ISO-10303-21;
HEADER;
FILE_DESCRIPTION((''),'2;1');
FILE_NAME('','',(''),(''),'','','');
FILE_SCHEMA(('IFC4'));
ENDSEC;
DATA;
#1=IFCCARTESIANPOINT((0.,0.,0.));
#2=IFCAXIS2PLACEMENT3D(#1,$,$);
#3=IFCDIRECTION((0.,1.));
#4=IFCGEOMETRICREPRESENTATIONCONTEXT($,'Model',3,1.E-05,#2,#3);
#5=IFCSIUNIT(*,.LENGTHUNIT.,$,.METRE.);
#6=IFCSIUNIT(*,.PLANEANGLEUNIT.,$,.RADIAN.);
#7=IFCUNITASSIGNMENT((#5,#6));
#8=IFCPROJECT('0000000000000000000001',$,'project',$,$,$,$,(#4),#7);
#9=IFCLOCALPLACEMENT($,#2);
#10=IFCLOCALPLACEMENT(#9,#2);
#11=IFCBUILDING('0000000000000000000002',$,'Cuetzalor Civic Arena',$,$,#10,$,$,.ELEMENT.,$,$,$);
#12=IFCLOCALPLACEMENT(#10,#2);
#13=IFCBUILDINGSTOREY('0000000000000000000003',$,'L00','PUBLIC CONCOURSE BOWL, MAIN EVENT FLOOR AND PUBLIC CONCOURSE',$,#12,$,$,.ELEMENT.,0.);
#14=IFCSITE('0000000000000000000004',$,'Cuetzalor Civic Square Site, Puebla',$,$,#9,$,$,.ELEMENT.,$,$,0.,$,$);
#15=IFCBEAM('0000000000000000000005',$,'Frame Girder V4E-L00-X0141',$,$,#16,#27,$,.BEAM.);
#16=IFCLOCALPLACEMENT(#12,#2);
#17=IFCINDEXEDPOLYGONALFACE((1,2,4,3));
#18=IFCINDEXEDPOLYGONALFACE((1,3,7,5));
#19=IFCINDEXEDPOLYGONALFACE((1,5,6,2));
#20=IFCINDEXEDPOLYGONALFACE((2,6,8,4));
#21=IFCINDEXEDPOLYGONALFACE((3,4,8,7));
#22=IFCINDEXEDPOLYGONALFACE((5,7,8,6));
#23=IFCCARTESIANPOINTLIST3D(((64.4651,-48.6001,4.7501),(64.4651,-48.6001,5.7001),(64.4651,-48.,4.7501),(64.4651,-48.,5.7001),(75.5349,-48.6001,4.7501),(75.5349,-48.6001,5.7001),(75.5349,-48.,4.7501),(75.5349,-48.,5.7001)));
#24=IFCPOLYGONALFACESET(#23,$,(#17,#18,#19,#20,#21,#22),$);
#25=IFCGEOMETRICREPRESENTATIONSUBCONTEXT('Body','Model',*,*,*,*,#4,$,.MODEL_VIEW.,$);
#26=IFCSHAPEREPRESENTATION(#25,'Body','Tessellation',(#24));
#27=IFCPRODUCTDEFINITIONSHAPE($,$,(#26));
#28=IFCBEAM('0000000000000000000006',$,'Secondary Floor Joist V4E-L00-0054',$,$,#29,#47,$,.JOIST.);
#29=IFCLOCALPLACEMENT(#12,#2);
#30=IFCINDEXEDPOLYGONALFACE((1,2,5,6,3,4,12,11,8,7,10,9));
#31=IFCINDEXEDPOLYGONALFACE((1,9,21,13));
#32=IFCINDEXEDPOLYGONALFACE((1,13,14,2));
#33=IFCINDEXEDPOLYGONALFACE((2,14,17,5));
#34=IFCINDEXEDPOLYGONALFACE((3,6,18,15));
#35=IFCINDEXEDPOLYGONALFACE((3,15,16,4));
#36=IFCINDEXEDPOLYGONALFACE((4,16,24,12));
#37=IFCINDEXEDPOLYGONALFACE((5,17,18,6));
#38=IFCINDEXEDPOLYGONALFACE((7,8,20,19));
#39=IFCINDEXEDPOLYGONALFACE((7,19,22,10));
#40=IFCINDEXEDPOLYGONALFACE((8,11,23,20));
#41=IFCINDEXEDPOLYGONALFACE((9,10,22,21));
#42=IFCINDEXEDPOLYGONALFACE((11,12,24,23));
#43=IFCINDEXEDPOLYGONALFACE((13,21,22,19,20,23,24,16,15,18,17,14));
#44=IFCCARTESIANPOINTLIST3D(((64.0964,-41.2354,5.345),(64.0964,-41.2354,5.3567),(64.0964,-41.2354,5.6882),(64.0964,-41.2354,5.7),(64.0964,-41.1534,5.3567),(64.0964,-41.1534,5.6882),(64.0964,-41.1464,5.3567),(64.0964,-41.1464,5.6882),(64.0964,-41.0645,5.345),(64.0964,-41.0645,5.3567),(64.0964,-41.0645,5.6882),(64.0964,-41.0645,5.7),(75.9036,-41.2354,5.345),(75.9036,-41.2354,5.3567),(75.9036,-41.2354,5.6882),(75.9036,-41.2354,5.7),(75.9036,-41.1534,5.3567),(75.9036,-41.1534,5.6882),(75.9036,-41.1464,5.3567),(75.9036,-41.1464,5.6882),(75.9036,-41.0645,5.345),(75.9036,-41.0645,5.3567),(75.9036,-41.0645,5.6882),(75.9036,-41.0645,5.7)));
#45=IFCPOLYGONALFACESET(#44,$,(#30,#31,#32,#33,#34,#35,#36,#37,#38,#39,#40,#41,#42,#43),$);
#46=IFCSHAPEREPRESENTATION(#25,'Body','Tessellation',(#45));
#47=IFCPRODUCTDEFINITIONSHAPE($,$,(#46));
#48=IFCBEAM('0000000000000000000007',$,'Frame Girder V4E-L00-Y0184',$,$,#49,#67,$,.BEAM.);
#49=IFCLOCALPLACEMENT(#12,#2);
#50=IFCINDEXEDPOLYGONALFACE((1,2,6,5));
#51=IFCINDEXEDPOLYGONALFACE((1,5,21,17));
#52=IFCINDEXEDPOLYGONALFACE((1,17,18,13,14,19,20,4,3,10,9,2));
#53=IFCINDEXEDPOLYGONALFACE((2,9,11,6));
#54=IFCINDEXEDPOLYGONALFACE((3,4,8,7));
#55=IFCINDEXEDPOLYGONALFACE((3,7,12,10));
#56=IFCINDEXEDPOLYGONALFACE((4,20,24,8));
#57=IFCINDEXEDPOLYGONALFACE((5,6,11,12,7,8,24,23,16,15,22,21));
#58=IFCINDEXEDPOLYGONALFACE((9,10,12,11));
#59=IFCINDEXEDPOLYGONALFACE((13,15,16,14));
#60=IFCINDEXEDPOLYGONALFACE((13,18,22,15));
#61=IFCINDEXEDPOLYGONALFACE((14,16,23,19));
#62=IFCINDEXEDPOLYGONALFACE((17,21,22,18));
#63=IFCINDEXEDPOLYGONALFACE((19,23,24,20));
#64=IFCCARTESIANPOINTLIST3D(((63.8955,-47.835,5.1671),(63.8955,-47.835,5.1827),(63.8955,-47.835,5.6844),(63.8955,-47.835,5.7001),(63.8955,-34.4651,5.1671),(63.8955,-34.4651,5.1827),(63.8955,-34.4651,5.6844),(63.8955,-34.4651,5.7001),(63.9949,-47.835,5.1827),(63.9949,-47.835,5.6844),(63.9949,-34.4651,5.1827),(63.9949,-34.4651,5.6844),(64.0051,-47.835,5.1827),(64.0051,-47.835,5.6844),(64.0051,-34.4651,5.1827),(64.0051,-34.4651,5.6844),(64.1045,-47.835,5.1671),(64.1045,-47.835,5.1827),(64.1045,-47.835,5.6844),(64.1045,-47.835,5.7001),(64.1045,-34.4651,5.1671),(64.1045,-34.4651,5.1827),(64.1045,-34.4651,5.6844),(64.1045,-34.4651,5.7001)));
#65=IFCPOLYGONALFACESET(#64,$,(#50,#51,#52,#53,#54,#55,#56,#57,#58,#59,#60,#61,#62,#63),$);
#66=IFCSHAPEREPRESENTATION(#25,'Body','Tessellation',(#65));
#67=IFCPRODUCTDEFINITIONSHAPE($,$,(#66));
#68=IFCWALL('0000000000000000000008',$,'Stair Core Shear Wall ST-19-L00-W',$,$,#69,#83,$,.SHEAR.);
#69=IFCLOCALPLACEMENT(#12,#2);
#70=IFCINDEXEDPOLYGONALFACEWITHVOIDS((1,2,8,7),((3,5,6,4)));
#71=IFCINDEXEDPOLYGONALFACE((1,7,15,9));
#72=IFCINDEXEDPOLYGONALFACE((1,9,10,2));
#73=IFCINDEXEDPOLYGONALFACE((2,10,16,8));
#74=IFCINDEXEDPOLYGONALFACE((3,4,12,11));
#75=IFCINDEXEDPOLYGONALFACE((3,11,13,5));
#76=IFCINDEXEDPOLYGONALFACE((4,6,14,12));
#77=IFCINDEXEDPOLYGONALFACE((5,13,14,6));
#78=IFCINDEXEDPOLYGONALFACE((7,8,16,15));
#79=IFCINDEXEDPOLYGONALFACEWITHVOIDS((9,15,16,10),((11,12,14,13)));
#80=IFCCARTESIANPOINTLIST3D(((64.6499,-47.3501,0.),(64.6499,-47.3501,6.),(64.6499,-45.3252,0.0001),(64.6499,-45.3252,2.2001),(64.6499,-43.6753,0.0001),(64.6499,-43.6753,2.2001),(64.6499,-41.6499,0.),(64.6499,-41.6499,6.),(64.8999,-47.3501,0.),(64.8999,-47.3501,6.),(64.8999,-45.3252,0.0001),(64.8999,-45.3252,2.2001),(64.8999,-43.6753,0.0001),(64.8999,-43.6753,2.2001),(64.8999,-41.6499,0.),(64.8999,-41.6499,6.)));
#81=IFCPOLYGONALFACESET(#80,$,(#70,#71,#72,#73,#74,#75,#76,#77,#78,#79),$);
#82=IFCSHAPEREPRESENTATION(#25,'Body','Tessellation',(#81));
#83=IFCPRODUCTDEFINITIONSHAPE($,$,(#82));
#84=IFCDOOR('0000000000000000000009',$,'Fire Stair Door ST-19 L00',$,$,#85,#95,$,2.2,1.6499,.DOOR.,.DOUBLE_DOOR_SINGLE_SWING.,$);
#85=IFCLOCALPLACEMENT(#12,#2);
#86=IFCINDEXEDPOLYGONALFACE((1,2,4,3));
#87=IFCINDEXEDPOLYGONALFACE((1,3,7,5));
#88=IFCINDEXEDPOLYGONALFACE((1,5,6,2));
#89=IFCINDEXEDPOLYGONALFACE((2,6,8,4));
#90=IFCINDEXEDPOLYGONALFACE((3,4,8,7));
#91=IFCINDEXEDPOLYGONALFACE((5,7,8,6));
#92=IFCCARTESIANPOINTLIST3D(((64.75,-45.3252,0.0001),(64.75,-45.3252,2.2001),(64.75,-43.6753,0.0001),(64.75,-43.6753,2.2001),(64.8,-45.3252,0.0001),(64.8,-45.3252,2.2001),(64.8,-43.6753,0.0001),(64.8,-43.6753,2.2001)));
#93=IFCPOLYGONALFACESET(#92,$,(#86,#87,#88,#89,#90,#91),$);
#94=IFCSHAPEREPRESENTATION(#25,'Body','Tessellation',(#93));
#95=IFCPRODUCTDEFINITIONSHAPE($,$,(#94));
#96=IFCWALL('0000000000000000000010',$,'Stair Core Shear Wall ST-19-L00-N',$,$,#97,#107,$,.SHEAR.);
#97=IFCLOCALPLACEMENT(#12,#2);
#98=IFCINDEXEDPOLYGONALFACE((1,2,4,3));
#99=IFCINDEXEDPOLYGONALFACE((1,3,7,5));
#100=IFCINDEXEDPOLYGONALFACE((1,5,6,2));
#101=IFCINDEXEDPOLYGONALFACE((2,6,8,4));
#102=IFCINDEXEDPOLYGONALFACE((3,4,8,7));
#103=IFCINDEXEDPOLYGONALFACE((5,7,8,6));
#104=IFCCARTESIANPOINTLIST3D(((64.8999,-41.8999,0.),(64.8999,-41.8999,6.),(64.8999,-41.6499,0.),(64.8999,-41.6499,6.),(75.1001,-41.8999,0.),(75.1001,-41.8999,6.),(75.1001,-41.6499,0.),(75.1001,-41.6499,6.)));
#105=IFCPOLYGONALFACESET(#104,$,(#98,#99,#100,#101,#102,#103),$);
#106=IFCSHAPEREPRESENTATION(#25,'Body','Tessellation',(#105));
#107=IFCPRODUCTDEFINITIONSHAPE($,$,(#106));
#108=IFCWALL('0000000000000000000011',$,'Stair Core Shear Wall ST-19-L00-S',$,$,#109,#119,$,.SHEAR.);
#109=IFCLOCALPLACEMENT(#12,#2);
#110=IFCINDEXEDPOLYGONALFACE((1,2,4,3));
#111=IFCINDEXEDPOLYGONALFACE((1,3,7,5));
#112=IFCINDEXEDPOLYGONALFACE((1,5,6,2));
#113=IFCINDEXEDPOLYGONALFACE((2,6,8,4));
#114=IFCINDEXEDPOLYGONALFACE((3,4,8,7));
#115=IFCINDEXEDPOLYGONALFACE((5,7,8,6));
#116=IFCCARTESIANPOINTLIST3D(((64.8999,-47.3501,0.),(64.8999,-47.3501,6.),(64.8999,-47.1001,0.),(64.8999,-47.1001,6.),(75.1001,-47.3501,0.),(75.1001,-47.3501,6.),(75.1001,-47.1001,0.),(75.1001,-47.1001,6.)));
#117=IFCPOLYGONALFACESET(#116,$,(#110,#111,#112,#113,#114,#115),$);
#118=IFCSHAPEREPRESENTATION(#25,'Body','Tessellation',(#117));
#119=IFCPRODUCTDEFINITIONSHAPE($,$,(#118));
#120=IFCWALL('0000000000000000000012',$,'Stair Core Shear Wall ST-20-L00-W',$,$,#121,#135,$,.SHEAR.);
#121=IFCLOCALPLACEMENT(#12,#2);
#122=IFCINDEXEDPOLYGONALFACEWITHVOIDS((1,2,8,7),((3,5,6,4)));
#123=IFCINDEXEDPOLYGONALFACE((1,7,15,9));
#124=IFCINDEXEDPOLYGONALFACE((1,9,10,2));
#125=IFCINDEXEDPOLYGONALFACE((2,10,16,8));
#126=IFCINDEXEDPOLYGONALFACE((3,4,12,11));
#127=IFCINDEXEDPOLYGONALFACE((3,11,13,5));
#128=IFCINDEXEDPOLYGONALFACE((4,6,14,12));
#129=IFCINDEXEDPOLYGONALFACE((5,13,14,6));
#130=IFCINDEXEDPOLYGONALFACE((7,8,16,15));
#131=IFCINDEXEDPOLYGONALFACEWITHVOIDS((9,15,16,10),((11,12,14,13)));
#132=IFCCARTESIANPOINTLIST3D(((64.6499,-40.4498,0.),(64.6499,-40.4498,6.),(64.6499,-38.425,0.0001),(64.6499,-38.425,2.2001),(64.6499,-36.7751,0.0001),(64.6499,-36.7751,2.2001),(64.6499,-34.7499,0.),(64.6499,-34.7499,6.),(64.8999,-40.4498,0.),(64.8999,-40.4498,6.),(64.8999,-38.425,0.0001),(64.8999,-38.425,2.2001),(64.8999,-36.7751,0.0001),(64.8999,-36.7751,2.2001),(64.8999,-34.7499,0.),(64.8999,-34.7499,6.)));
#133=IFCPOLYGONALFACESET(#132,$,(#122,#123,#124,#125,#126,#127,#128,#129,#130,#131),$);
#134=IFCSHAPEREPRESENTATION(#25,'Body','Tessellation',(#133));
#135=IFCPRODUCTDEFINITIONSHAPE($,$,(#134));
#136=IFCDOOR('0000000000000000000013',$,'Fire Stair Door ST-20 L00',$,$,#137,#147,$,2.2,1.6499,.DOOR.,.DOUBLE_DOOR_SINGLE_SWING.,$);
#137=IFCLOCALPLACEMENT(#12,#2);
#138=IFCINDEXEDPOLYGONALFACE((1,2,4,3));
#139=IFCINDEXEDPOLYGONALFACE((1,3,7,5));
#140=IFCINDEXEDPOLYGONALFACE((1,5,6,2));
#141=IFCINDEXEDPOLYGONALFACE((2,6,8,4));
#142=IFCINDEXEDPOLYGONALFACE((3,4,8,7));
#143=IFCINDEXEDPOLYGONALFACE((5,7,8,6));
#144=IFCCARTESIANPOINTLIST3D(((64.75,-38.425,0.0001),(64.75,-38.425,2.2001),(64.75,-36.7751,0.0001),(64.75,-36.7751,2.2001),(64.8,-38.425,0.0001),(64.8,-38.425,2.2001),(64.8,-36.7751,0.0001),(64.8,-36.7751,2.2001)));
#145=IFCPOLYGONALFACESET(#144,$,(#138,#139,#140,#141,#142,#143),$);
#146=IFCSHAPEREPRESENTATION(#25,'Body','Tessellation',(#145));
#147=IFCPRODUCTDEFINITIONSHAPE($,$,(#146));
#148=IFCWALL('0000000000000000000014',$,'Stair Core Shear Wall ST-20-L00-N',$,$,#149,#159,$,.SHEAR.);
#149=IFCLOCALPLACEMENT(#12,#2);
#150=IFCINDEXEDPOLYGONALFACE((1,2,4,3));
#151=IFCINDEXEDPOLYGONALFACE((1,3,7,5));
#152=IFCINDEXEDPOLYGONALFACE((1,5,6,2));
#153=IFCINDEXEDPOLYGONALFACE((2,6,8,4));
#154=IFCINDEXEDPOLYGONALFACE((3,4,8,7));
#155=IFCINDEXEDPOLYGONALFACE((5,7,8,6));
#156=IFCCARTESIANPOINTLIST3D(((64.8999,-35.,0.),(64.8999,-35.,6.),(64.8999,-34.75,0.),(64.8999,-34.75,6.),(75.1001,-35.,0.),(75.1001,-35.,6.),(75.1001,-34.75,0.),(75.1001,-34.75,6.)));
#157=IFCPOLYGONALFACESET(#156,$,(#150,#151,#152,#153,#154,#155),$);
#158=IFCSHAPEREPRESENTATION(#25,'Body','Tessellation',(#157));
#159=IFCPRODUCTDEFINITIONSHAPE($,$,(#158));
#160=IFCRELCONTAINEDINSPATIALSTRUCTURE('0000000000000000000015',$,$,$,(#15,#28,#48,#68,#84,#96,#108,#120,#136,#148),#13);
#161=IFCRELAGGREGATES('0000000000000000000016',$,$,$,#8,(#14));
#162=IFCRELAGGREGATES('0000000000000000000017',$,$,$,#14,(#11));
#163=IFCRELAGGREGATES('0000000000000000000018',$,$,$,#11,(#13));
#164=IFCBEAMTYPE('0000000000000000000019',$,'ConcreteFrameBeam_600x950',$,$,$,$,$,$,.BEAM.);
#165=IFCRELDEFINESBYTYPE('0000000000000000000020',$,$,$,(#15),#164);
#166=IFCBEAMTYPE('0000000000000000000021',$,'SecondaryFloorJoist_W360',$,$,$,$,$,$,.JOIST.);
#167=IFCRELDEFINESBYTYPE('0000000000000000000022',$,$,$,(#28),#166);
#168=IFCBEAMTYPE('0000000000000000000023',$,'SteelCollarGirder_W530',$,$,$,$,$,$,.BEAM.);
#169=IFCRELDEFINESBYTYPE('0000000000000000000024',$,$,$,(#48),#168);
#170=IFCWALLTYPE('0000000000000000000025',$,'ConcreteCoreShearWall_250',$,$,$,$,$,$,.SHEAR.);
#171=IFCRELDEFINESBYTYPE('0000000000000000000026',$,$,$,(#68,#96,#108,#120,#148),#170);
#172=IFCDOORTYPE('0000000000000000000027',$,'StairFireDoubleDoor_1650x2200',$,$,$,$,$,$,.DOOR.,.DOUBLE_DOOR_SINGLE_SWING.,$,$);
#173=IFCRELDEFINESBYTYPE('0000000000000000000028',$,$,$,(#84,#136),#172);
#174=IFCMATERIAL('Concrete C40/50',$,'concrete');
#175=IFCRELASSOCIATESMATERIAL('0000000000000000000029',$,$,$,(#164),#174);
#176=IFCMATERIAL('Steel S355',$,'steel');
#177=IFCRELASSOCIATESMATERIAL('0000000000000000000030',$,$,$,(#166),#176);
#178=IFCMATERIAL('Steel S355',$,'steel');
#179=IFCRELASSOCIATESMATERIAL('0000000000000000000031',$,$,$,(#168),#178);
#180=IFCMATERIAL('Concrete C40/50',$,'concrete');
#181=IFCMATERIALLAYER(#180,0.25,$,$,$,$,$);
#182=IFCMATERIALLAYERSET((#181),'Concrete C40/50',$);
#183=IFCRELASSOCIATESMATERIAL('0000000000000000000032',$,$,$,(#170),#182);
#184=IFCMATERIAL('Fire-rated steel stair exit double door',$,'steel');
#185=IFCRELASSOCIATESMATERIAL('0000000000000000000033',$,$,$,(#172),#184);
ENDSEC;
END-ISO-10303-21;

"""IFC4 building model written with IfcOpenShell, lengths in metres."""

from ifc_helpers import new_model, si_unit, direction, frame, frame_2d, origin, origin_2d, place, context, subcontext, project, spatial, rectangle, i_section, extrude, material, layer, layer_set, material_profile, profile_set, type_object, element, fill, save


model = new_model("IFC4")

# Units and contexts
model_context = context("Model", 3, precision=1e-05, world=origin(), true_north=direction((0.0, 1.0)))
body_context = subcontext(model_context, "Body", "Model", "MODEL_VIEW")
ifc_project = project(units=[si_unit("LENGTHUNIT", "METRE"), si_unit("PLANEANGLEUNIT", "RADIAN")], contexts=[model_context])

# Site, building, storey
site_placement = place(None, origin())
site = spatial("IfcSite", under=ifc_project, at=site_placement, Name="Cuetzalor Civic Square Site, Puebla", CompositionType="ELEMENT", RefElevation=0.0)
building_placement = place(site_placement, origin())
building = spatial("IfcBuilding", under=site, at=building_placement, Name="Cuetzalor Civic Arena", CompositionType="ELEMENT")
storey_placement = place(building_placement, origin())
storey = spatial("IfcBuildingStorey", under=building, at=storey_placement, Name="L00", Description="PUBLIC CONCOURSE BOWL, MAIN EVENT FLOOR AND PUBLIC CONCOURSE", CompositionType="ELEMENT", Elevation=0.0)

# Beams
ifc_material_1 = material(Name="Concrete C40/50", Category="concrete")
ifc_material_profile_1 = material_profile(ifc_material_1, rectangle(XDim=0.6001, YDim=0.95, at=origin_2d()), Name="RC 600x950")
ifc_profile_set_1 = profile_set([ifc_material_profile_1], Name="Concrete C40/50")
beam_type_1 = type_object("IfcBeamType", Name="ConcreteFrameBeam_600x950", PredefinedType="BEAM", material=ifc_profile_set_1)
beam_1_placement = place(storey_placement, frame((64.4651, -48.3, 5.2251), z_axis=(1.0, 0.0, 0.0), x_axis=(0.0, 1.0, 0.0)))
element("IfcBeam", 1, at=beam_1_placement, inside=storey, type_object=beam_type_1, Name="Frame Girder V4E-L00-X0141", PredefinedType="BEAM", context=body_context, shape_type="SweptSolid", body=[
    extrude(rectangle(XDim=0.6001, YDim=0.95, at=origin_2d()), origin(), (0.0, 0.0, 1.0), 11.0698),
])
ifc_material_2 = material(Name="Steel S355", Category="steel")
ifc_material_profile_2 = material_profile(ifc_material_2, i_section(OverallWidth=0.1709, OverallDepth=0.355, WebThickness=0.0071, FlangeThickness=0.0117, at=origin_2d()), Name="W360x51")
ifc_profile_set_2 = profile_set([ifc_material_profile_2], Name="Steel S355")
beam_type_2 = type_object("IfcBeamType", Name="SecondaryFloorJoist_W360", PredefinedType="JOIST", material=ifc_profile_set_2)
beam_2_placement = place(storey_placement, frame((64.0964, -41.1499, 5.5225), z_axis=(1.0, 0.0, 0.0), x_axis=(0.0, 1.0, 0.0)))
element("IfcBeam", 2, at=beam_2_placement, inside=storey, type_object=beam_type_2, Name="Secondary Floor Joist V4E-L00-0054", PredefinedType="JOIST", context=body_context, shape_type="SweptSolid", body=[
    extrude(i_section(OverallWidth=0.1709, OverallDepth=0.355, WebThickness=0.0071, FlangeThickness=0.0117, at=origin_2d()), origin(), (0.0, 0.0, 1.0), 11.8071),
])
ifc_material_3 = material(Name="Steel S355", Category="steel")
ifc_material_profile_3 = material_profile(ifc_material_3, i_section(OverallWidth=0.209, OverallDepth=0.533, WebThickness=0.0103, FlangeThickness=0.0156, at=origin_2d()), Name="W530x92")
ifc_profile_set_3 = profile_set([ifc_material_profile_3], Name="Steel S355")
beam_type_3 = type_object("IfcBeamType", Name="SteelCollarGirder_W530", PredefinedType="BEAM", material=ifc_profile_set_3)
beam_3_placement = place(storey_placement, frame((64.0, -47.835, 5.4336), z_axis=(0.0, 1.0, 0.0), x_axis=(-1.0, 0.0, 0.0)))
element("IfcBeam", 3, at=beam_3_placement, inside=storey, type_object=beam_type_3, Name="Frame Girder V4E-L00-Y0184", PredefinedType="BEAM", context=body_context, shape_type="SweptSolid", body=[
    extrude(i_section(OverallWidth=0.209, OverallDepth=0.533, WebThickness=0.0103, FlangeThickness=0.0156, at=origin_2d()), origin(), (0.0, 0.0, 1.0), 13.3699),
])

# Wall, opening, door
ifc_material_4 = material(Name="Concrete C40/50", Category="concrete")
ifc_layer = layer(ifc_material_4, 0.25)
ifc_layer_set = layer_set([ifc_layer], Name="Concrete C40/50")
wall_type = type_object("IfcWallType", Name="ConcreteCoreShearWall_250", PredefinedType="SHEAR", material=ifc_layer_set)
wall_1_placement = place(storey_placement, frame((64.7749, -47.3501, 0.0), z_axis=(0.0, 0.0, 1.0), x_axis=(0.0, 1.0, 0.0)))
wall_1 = element("IfcWall", 4, at=wall_1_placement, inside=storey, type_object=wall_type, Name="Stair Core Shear Wall ST-19-L00-W", PredefinedType="SHEAR", context=body_context, shape_type="SweptSolid", body=[
    extrude(rectangle(XDim=5.7002, YDim=0.25, at=frame_2d((2.8501, 0.0))), origin(), (0.0, 0.0, 1.0), 6.0),
])
opening_1_placement = place(wall_1_placement, frame((2.0249, 0.0, 0.0)))
opening_1 = element("IfcOpeningElement", 5, at=opening_1_placement, cuts=wall_1, PredefinedType="OPENING", context=body_context, shape_type="SweptSolid", body=[
    extrude(rectangle(XDim=1.6499, YDim=2.2, at=frame_2d((0.825, 1.1001))), frame((0.0, 0.135, 0.0), z_axis=(0.0, -1.0, 0.0), x_axis=(1.0, 0.0, 0.0)), (0.0, 0.0, 1.0), 0.27),
])
ifc_material_5 = material(Name="Fire-rated steel stair exit double door", Category="steel")
door_type = type_object("IfcDoorType", Name="StairFireDoubleDoor_1650x2200", OperationType="DOUBLE_DOOR_SINGLE_SWING", PredefinedType="DOOR", material=ifc_material_5)
door_1_placement = place(opening_1_placement, origin())
door_1 = element("IfcDoor", 6, at=door_1_placement, inside=storey, type_object=door_type, Name="Fire Stair Door ST-19 L00", OperationType="DOUBLE_DOOR_SINGLE_SWING", OverallHeight=2.2, OverallWidth=1.6499, PredefinedType="DOOR", context=body_context, shape_type="SweptSolid", body=[
    extrude(rectangle(XDim=1.6499, YDim=2.2, at=frame_2d((0.825, 1.1001))), frame((0.0, 0.0249, 0.0), z_axis=(0.0, -1.0, 0.0), x_axis=(1.0, 0.0, 0.0)), (0.0, 0.0, 1.0), 0.05),
])
fill(opening_1, door_1)

# Walls
for number, where, z_axis, x_axis, name in (
    (7, (64.8999, -41.7749, 0.0), (0.0, 0.0, 1.0), (1.0, 0.0, 0.0), "Stair Core Shear Wall ST-19-L00-N"),
    (8, (75.1001, -47.2251, 0.0), (0.0, 0.0, 1.0), (-1.0, 0.0, 0.0), "Stair Core Shear Wall ST-19-L00-S"),
):
    element("IfcWall", number, at=place(storey_placement, frame(where, z_axis=z_axis, x_axis=x_axis)), inside=storey, type_object=wall_type, Name=name, PredefinedType="SHEAR", context=body_context, shape_type="SweptSolid", body=[
        extrude(rectangle(XDim=10.2002, YDim=0.25, at=frame_2d((5.1001, 0.0))), origin(), (0.0, 0.0, 1.0), 6.0),
    ])

# Wall, opening, door
wall_2_placement = place(storey_placement, frame((64.7749, -40.45, 0.0), z_axis=(0.0, 0.0, 1.0), x_axis=(0.0, 1.0, 0.0)))
wall_2 = element("IfcWall", 9, at=wall_2_placement, inside=storey, type_object=wall_type, Name="Stair Core Shear Wall ST-20-L00-W", PredefinedType="SHEAR", context=body_context, shape_type="SweptSolid", body=[
    extrude(rectangle(XDim=5.7, YDim=0.25, at=frame_2d((2.8501, 0.0))), origin(), (0.0, 0.0, 1.0), 6.0),
])
opening_2_placement = place(wall_2_placement, frame((2.0249, 0.0, 0.0)))
opening_2 = element("IfcOpeningElement", 10, at=opening_2_placement, cuts=wall_2, PredefinedType="OPENING", context=body_context, shape_type="SweptSolid", body=[
    extrude(rectangle(XDim=1.6499, YDim=2.2, at=frame_2d((0.825, 1.1001))), frame((0.0, 0.135, 0.0), z_axis=(0.0, -1.0, 0.0), x_axis=(1.0, 0.0, 0.0)), (0.0, 0.0, 1.0), 0.27),
])
door_2_placement = place(opening_2_placement, origin())
door_2 = element("IfcDoor", 11, at=door_2_placement, inside=storey, type_object=door_type, Name="Fire Stair Door ST-20 L00", OperationType="DOUBLE_DOOR_SINGLE_SWING", OverallHeight=2.2, OverallWidth=1.6499, PredefinedType="DOOR", context=body_context, shape_type="SweptSolid", body=[
    extrude(rectangle(XDim=1.6499, YDim=2.2, at=frame_2d((0.825, 1.1001))), frame((0.0, 0.0249, 0.0), z_axis=(0.0, -1.0, 0.0), x_axis=(1.0, 0.0, 0.0)), (0.0, 0.0, 1.0), 0.05),
])
fill(opening_2, door_2)

# Wall
wall_3_placement = place(storey_placement, frame((64.8999, -34.875, 0.0), z_axis=(0.0, 0.0, 1.0), x_axis=(1.0, 0.0, 0.0)))
element("IfcWall", 12, at=wall_3_placement, inside=storey, type_object=wall_type, Name="Stair Core Shear Wall ST-20-L00-N", PredefinedType="SHEAR", context=body_context, shape_type="SweptSolid", body=[
    extrude(rectangle(XDim=10.2002, YDim=0.25, at=frame_2d((5.1001, 0.0))), origin(), (0.0, 0.0, 1.0), 6.0),
])

save(model, "model.ifc")
